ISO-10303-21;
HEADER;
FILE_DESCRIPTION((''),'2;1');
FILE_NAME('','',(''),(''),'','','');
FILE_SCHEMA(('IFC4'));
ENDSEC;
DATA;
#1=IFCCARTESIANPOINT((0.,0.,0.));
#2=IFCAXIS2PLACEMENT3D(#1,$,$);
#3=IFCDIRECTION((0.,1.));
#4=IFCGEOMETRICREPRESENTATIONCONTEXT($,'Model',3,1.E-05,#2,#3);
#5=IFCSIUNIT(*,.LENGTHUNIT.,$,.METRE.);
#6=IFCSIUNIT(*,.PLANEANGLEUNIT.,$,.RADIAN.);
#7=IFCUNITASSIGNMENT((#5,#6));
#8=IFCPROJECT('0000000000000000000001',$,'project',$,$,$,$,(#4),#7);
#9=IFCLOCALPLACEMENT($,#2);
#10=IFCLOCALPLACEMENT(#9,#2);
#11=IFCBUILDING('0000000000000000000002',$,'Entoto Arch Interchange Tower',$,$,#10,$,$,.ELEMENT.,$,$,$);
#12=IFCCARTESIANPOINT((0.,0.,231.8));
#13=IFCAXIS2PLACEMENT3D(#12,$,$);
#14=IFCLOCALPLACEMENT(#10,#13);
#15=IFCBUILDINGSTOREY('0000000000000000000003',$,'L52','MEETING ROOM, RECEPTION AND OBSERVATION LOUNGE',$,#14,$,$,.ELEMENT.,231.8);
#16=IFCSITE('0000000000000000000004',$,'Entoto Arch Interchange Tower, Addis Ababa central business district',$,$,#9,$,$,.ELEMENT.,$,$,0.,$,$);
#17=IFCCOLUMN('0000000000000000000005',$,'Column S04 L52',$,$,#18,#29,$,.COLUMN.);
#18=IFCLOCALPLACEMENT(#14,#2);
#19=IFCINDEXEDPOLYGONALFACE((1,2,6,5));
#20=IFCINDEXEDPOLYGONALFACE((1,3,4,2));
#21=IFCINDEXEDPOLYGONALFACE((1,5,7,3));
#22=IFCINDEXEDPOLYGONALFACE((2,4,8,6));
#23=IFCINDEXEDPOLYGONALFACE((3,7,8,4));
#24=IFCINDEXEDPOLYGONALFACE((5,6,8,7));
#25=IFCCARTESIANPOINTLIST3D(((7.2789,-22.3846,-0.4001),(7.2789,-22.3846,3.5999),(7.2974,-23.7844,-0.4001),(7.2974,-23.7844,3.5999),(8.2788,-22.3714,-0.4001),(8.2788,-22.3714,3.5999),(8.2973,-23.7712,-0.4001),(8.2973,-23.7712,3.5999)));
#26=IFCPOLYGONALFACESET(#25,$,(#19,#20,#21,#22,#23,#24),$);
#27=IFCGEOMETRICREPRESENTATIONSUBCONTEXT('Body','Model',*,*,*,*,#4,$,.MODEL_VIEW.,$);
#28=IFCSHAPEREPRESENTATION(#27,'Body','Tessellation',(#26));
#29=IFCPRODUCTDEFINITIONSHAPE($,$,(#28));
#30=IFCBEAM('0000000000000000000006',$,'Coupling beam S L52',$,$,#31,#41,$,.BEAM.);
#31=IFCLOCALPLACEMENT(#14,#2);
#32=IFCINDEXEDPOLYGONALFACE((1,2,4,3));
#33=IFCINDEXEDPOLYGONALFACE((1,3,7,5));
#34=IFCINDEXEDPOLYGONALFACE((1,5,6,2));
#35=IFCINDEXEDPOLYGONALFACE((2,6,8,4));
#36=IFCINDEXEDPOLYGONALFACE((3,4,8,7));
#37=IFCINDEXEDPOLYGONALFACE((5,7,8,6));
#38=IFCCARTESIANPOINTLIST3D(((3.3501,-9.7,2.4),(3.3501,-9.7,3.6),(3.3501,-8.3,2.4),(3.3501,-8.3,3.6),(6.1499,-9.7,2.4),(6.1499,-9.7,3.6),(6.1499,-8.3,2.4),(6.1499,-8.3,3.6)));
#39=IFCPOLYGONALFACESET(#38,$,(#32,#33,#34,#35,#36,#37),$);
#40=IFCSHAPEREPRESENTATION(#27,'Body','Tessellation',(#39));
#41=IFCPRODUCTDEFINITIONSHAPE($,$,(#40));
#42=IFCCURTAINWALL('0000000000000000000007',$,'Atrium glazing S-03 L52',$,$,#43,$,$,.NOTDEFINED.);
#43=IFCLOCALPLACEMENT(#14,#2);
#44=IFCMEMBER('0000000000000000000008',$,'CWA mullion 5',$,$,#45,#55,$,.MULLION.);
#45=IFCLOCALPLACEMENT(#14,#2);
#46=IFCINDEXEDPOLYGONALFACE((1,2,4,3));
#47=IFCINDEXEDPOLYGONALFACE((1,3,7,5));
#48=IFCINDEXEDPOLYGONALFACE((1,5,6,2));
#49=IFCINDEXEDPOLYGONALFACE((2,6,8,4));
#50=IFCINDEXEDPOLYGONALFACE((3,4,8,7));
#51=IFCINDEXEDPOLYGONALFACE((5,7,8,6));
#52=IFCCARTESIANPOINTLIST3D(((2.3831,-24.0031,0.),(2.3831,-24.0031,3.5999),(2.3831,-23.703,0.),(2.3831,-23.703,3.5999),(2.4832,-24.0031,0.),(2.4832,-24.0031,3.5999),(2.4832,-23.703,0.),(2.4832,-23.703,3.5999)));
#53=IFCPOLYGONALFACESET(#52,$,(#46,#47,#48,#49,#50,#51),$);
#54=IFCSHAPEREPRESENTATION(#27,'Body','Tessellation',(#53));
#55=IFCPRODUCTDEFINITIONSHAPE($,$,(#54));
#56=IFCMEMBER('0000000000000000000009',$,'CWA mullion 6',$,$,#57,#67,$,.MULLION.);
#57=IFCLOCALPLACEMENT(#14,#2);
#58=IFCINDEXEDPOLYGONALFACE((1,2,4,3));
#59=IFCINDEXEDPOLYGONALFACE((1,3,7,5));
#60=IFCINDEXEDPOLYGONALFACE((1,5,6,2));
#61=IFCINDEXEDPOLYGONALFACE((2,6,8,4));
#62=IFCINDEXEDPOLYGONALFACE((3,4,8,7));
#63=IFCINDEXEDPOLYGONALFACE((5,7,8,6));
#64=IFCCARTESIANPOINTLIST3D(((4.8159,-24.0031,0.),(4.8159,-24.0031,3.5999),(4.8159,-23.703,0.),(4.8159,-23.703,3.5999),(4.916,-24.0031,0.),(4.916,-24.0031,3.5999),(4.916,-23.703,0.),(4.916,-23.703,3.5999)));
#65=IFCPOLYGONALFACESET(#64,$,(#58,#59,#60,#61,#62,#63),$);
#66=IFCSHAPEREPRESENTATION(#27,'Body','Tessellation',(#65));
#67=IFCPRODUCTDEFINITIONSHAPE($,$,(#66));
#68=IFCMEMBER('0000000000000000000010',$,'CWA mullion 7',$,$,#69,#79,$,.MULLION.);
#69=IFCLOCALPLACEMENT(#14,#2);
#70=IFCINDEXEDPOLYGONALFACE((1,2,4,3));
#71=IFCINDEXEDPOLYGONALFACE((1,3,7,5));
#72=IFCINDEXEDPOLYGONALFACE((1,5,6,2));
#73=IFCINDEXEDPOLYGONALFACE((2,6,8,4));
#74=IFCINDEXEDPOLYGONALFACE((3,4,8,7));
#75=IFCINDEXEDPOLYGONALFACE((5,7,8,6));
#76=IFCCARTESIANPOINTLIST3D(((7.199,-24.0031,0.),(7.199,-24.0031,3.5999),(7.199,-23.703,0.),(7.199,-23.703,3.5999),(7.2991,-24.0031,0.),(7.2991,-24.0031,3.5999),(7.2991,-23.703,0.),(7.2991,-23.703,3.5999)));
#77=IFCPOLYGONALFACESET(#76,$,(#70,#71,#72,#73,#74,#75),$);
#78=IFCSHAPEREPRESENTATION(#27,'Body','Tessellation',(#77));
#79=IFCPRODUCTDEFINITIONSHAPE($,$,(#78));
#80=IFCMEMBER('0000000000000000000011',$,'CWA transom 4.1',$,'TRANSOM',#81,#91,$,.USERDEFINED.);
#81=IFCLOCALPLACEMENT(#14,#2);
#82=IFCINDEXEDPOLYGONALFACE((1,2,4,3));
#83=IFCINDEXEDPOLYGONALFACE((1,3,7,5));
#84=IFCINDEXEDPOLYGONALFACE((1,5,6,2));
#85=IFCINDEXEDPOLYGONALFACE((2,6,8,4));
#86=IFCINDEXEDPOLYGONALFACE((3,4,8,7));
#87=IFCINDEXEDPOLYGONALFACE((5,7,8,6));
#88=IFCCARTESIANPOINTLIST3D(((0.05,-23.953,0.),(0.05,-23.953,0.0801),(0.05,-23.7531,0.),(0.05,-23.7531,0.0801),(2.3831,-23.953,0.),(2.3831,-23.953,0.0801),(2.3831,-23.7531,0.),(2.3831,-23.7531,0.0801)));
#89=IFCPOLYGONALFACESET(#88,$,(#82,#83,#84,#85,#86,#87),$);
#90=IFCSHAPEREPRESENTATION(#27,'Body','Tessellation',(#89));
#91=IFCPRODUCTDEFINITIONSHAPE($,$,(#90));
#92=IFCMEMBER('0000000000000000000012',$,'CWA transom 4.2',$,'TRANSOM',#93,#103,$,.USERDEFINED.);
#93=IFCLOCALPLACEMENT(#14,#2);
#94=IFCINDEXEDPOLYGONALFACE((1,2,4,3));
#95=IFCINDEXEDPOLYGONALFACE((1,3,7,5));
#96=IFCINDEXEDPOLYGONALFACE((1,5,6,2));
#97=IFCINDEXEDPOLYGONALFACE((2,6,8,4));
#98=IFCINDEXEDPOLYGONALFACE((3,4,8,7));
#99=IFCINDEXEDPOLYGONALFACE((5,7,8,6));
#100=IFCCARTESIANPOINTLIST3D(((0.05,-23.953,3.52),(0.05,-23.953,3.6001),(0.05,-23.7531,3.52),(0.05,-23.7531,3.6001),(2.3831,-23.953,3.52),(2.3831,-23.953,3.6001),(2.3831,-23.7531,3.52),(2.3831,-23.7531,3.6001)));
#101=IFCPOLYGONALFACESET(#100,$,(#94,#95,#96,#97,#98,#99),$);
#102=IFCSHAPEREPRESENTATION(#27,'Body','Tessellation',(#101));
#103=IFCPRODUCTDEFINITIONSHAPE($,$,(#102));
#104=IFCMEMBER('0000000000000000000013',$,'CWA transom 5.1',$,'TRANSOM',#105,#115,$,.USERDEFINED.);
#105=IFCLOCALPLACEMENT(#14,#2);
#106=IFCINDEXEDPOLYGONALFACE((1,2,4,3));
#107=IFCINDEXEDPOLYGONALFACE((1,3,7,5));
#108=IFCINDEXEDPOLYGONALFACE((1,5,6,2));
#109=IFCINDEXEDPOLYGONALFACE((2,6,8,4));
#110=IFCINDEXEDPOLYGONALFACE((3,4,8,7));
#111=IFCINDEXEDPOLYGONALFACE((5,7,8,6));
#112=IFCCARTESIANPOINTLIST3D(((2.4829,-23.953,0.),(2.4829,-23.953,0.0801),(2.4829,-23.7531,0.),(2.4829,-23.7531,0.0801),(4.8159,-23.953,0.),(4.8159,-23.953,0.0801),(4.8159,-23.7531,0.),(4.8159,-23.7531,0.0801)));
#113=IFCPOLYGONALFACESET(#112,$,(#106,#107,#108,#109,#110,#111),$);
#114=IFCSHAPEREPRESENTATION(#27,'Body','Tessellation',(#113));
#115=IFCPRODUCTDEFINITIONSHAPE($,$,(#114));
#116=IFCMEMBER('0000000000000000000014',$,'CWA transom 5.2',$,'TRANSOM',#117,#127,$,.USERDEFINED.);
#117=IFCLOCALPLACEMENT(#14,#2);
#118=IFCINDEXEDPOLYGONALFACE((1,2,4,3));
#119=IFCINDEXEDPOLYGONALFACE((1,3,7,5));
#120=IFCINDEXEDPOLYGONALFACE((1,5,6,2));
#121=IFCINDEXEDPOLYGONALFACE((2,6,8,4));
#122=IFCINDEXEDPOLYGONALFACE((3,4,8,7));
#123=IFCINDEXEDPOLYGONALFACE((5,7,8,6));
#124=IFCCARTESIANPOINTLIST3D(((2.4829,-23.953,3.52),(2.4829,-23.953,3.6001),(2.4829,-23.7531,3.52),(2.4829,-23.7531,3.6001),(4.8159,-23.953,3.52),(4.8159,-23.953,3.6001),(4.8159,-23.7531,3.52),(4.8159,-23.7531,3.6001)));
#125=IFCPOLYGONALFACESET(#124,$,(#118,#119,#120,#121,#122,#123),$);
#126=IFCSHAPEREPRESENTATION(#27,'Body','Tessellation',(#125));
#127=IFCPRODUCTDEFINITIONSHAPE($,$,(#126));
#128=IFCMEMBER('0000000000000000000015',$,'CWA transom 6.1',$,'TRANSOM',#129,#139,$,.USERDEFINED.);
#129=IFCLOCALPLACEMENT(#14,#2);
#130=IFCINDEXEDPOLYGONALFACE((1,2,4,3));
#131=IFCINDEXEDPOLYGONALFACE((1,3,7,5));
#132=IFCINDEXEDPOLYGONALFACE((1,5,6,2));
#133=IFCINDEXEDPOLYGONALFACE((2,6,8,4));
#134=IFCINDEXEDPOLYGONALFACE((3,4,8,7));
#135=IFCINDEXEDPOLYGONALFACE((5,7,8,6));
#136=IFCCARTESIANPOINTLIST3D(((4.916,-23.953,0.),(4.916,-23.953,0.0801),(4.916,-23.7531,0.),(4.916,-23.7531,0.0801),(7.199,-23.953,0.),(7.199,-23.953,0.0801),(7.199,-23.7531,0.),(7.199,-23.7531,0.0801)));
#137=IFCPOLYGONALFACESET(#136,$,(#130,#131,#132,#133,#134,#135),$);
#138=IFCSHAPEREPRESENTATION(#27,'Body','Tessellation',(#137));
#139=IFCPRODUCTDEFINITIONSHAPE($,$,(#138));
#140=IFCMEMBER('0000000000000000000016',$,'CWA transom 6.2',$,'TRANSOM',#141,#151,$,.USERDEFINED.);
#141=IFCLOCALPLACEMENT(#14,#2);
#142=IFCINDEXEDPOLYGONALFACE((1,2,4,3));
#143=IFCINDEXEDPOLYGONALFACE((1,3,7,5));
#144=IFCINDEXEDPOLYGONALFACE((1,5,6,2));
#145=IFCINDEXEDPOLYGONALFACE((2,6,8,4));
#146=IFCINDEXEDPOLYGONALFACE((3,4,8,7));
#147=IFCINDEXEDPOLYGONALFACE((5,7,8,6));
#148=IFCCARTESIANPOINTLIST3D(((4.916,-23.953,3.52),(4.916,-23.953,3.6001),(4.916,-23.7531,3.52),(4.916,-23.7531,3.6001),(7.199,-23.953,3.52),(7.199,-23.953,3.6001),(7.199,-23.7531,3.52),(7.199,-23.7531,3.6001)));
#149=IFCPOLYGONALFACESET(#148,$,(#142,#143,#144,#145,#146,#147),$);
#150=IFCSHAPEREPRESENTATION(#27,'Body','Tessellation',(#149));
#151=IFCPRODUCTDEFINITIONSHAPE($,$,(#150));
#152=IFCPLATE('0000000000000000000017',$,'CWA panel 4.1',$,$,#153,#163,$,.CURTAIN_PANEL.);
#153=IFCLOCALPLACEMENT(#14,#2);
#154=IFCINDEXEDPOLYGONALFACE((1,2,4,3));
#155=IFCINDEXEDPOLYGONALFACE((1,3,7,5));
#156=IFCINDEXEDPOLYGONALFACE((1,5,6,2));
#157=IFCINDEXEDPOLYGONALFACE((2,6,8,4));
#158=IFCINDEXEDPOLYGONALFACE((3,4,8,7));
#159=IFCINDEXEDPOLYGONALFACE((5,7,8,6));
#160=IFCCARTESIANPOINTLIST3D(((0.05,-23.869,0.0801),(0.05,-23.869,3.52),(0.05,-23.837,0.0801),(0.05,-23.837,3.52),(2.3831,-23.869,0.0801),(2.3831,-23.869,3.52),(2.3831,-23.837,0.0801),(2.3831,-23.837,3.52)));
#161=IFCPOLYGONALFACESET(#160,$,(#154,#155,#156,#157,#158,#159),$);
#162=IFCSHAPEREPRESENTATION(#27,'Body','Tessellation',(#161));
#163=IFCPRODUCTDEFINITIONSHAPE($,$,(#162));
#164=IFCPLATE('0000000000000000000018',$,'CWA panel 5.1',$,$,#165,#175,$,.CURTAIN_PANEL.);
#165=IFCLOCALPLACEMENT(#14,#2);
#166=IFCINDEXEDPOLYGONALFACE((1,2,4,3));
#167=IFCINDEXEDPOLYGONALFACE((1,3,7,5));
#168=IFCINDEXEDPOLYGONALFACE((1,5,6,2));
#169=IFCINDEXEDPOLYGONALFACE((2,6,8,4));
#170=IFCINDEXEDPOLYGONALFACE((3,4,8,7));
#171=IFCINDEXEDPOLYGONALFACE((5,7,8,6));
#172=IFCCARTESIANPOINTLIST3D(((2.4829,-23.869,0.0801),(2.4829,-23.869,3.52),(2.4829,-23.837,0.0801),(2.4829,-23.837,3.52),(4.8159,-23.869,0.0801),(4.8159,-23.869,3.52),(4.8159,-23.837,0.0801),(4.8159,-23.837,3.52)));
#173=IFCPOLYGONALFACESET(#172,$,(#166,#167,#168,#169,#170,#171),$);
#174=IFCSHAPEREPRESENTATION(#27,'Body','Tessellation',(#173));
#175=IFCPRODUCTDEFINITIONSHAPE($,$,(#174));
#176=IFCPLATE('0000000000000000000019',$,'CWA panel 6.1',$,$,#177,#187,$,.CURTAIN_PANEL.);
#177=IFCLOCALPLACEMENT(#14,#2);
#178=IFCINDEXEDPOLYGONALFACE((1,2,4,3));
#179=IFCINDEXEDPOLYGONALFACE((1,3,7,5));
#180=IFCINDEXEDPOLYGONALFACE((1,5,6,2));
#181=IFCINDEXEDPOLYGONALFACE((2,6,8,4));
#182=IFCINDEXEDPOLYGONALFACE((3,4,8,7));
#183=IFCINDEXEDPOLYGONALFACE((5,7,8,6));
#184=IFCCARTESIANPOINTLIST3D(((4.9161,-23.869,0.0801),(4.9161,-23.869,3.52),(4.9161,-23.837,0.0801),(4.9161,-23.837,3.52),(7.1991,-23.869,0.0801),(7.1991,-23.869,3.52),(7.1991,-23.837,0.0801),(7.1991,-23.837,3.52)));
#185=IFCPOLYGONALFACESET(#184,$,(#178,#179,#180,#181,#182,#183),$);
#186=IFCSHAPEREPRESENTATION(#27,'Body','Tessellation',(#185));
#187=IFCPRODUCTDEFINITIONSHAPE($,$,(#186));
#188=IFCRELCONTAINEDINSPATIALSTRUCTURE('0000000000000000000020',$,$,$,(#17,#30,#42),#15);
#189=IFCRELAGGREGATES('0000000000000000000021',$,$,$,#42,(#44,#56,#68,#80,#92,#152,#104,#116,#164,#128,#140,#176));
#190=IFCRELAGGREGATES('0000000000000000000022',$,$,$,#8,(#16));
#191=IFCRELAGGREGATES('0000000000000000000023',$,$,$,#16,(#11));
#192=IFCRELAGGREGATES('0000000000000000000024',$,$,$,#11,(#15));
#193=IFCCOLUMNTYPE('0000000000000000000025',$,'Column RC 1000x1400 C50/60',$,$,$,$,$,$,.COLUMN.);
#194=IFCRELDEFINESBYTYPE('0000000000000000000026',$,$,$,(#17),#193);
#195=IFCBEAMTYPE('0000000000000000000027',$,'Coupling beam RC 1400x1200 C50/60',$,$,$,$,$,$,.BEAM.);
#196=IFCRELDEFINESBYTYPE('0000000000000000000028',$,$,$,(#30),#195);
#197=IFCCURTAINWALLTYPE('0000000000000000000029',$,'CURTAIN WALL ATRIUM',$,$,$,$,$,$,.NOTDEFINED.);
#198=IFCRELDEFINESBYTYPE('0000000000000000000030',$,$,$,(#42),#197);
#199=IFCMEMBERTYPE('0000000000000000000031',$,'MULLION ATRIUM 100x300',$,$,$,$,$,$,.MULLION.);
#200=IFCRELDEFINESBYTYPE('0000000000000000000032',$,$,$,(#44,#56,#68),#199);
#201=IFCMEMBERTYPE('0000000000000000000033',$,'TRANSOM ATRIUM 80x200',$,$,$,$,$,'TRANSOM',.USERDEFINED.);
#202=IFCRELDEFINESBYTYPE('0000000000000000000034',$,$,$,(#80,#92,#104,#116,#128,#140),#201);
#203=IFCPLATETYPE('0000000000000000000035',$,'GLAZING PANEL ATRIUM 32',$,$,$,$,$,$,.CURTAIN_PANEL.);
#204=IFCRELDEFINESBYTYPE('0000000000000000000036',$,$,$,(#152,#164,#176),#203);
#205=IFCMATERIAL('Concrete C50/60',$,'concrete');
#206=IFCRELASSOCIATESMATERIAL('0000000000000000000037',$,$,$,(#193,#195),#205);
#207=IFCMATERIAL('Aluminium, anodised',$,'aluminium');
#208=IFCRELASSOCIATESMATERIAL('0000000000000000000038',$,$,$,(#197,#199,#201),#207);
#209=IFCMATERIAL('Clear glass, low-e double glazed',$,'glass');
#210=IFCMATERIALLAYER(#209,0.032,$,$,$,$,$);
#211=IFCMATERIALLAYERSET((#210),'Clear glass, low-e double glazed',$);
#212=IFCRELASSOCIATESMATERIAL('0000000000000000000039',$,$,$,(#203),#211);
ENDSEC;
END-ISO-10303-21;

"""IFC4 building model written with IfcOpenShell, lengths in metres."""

from ifc_helpers import new_model, si_unit, direction, frame, origin, origin_2d, place, context, subcontext, project, spatial, rectangle, extrude, material, layer, layer_set, material_profile, profile_set, type_object, element, aggregate, save


model = new_model("IFC4")

# Units and contexts
model_context = context("Model", 3, precision=1e-05, world=origin(), true_north=direction((0.0, 1.0)))
body_context = subcontext(model_context, "Body", "Model", "MODEL_VIEW")
ifc_project = project(units=[si_unit("LENGTHUNIT", "METRE"), si_unit("PLANEANGLEUNIT", "RADIAN")], contexts=[model_context])

# Site, building, storey
site_placement = place(None, origin())
site = spatial("IfcSite", under=ifc_project, at=site_placement, Name="Entoto Arch Interchange Tower, Addis Ababa central business district", CompositionType="ELEMENT", RefElevation=0.0)
building_placement = place(site_placement, origin())
building = spatial("IfcBuilding", under=site, at=building_placement, Name="Entoto Arch Interchange Tower", CompositionType="ELEMENT")
storey_placement = place(building_placement, frame((0.0, 0.0, 231.8)))
storey = spatial("IfcBuildingStorey", under=building, at=storey_placement, Name="L52", Description="MEETING ROOM, RECEPTION AND OBSERVATION LOUNGE", CompositionType="ELEMENT", Elevation=231.8)

# Column
ifc_material_1 = material(Name="Concrete C50/60", Category="concrete")
ifc_material_profile_1 = material_profile(ifc_material_1, rectangle(XDim=1.0, YDim=1.3999, at=origin_2d()))
ifc_profile_set_1 = profile_set([ifc_material_profile_1], Name="Concrete C50/60")
column_type = type_object("IfcColumnType", Name="Column RC 1000x1400 C50/60", PredefinedType="COLUMN", material=ifc_profile_set_1)
column_placement = place(storey_placement, frame((7.7881, -23.0779, -0.4001), z_axis=(0.0, 0.0, 1.0), x_axis=(0.999913, 0.013177, 0.0)))
element("IfcColumn", 1, at=column_placement, inside=storey, type_object=column_type, Name="Column S04 L52", PredefinedType="COLUMN", context=body_context, shape_type="SweptSolid", body=[
    extrude(rectangle(XDim=1.0, YDim=1.3999, at=origin_2d()), origin(), (0.0, 0.0, 1.0), 4.0),
])

# Beam
ifc_material_profile_2 = material_profile(ifc_material_1, rectangle(XDim=1.3999, YDim=1.2, at=origin_2d()))
ifc_profile_set_2 = profile_set([ifc_material_profile_2], Name="Concrete C50/60")
beam_type = type_object("IfcBeamType", Name="Coupling beam RC 1400x1200 C50/60", PredefinedType="BEAM", material=ifc_profile_set_2)
beam_placement = place(storey_placement, frame((3.3501, -9.0, 3.0), z_axis=(1.0, 0.0, 0.0), x_axis=(0.0, 1.0, 0.0)))
element("IfcBeam", 2, at=beam_placement, inside=storey, type_object=beam_type, Name="Coupling beam S L52", PredefinedType="BEAM", context=body_context, shape_type="SweptSolid", body=[
    extrude(rectangle(XDim=1.3999, YDim=1.2, at=origin_2d()), origin(), (0.0, 0.0, 1.0), 2.7998),
])

# Curtain wall, members, plates
ifc_material_2 = material(Name="Aluminium, anodised", Category="aluminium")
curtain_wall_type = type_object("IfcCurtainWallType", Name="CURTAIN WALL ATRIUM", PredefinedType="NOTDEFINED", material=ifc_material_2)
curtain_wall_placement = place(storey_placement, origin())
curtain_wall = element("IfcCurtainWall", 3, at=curtain_wall_placement, inside=storey, type_object=curtain_wall_type, Name="Atrium glazing S-03 L52", PredefinedType="NOTDEFINED")
ifc_material_profile_3 = material_profile(ifc_material_2, rectangle(XDim=0.3, YDim=0.1001, at=origin_2d()))
ifc_profile_set_3 = profile_set([ifc_material_profile_3], Name="Aluminium, anodised")
member_type_1 = type_object("IfcMemberType", Name="MULLION ATRIUM 100x300", PredefinedType="MULLION", material=ifc_profile_set_3)
member_1_placement = place(storey_placement, frame((2.4331, -23.853, 0.0), z_axis=(0.0, 0.0, 1.0), x_axis=(0.0, 1.0, 0.0)))
member_1 = element("IfcMember", 4, at=member_1_placement, type_object=member_type_1, Name="CWA mullion 5", PredefinedType="MULLION", context=body_context, shape_type="SweptSolid", body=[
    extrude(rectangle(XDim=0.3, YDim=0.1001, at=origin_2d()), origin(), (0.0, 0.0, 1.0), 3.5999),
])
member_2_placement = place(storey_placement, frame((4.866, -23.853, 0.0), z_axis=(0.0, 0.0, 1.0), x_axis=(0.0, 1.0, 0.0)))
member_2 = element("IfcMember", 5, at=member_2_placement, type_object=member_type_1, Name="CWA mullion 6", PredefinedType="MULLION", context=body_context, shape_type="SweptSolid", body=[
    extrude(rectangle(XDim=0.3, YDim=0.1001, at=origin_2d()), origin(), (0.0, 0.0, 1.0), 3.5999),
])
member_3_placement = place(storey_placement, frame((7.249, -23.853, 0.0), z_axis=(0.0, 0.0, 1.0), x_axis=(0.0, 1.0, 0.0)))
member_3 = element("IfcMember", 6, at=member_3_placement, type_object=member_type_1, Name="CWA mullion 7", PredefinedType="MULLION", context=body_context, shape_type="SweptSolid", body=[
    extrude(rectangle(XDim=0.3, YDim=0.1001, at=origin_2d()), origin(), (0.0, 0.0, 1.0), 3.5999),
])
ifc_material_profile_4 = material_profile(ifc_material_2, rectangle(XDim=0.2, YDim=0.0801, at=origin_2d()))
ifc_profile_set_4 = profile_set([ifc_material_profile_4], Name="Aluminium, anodised")
member_type_2 = type_object("IfcMemberType", Name="TRANSOM ATRIUM 80x200", ElementType="TRANSOM", PredefinedType="USERDEFINED", material=ifc_profile_set_4)
member_4_placement = place(storey_placement, frame((0.05, -23.853, 0.04), z_axis=(1.0, 0.0, 0.0), x_axis=(0.0, 1.0, 0.0)))
member_4 = element("IfcMember", 7, at=member_4_placement, type_object=member_type_2, Name="CWA transom 4.1", ObjectType="TRANSOM", PredefinedType="USERDEFINED", context=body_context, shape_type="SweptSolid", body=[
    extrude(rectangle(XDim=0.2, YDim=0.0801, at=origin_2d()), origin(), (0.0, 0.0, 1.0), 2.333),
])
member_5_placement = place(storey_placement, frame((0.05, -23.853, 3.5601), z_axis=(1.0, 0.0, 0.0), x_axis=(0.0, 1.0, 0.0)))
member_5 = element("IfcMember", 8, at=member_5_placement, type_object=member_type_2, Name="CWA transom 4.2", ObjectType="TRANSOM", PredefinedType="USERDEFINED", context=body_context, shape_type="SweptSolid", body=[
    extrude(rectangle(XDim=0.2, YDim=0.0801, at=origin_2d()), origin(), (0.0, 0.0, 1.0), 2.333),
])
member_6_placement = place(storey_placement, frame((2.4829, -23.853, 0.04), z_axis=(1.0, 0.0, 0.0), x_axis=(0.0, 1.0, 0.0)))
member_6 = element("IfcMember", 9, at=member_6_placement, type_object=member_type_2, Name="CWA transom 5.1", ObjectType="TRANSOM", PredefinedType="USERDEFINED", context=body_context, shape_type="SweptSolid", body=[
    extrude(rectangle(XDim=0.2, YDim=0.0801, at=origin_2d()), origin(), (0.0, 0.0, 1.0), 2.333),
])
member_7_placement = place(storey_placement, frame((2.4829, -23.853, 3.5601), z_axis=(1.0, 0.0, 0.0), x_axis=(0.0, 1.0, 0.0)))
member_7 = element("IfcMember", 10, at=member_7_placement, type_object=member_type_2, Name="CWA transom 5.2", ObjectType="TRANSOM", PredefinedType="USERDEFINED", context=body_context, shape_type="SweptSolid", body=[
    extrude(rectangle(XDim=0.2, YDim=0.0801, at=origin_2d()), origin(), (0.0, 0.0, 1.0), 2.333),
])
member_8_placement = place(storey_placement, frame((4.916, -23.853, 0.04), z_axis=(1.0, 0.0, 0.0), x_axis=(0.0, 1.0, 0.0)))
member_8 = element("IfcMember", 11, at=member_8_placement, type_object=member_type_2, Name="CWA transom 6.1", ObjectType="TRANSOM", PredefinedType="USERDEFINED", context=body_context, shape_type="SweptSolid", body=[
    extrude(rectangle(XDim=0.2, YDim=0.0801, at=origin_2d()), origin(), (0.0, 0.0, 1.0), 2.283),
])
member_9_placement = place(storey_placement, frame((4.916, -23.853, 3.5601), z_axis=(1.0, 0.0, 0.0), x_axis=(0.0, 1.0, 0.0)))
member_9 = element("IfcMember", 12, at=member_9_placement, type_object=member_type_2, Name="CWA transom 6.2", ObjectType="TRANSOM", PredefinedType="USERDEFINED", context=body_context, shape_type="SweptSolid", body=[
    extrude(rectangle(XDim=0.2, YDim=0.0801, at=origin_2d()), origin(), (0.0, 0.0, 1.0), 2.283),
])
ifc_material_3 = material(Name="Clear glass, low-e double glazed", Category="glass")
ifc_layer_1 = layer(ifc_material_3, 0.032)
ifc_layer_set_1 = layer_set([ifc_layer_1], Name="Clear glass, low-e double glazed")
plate_type = type_object("IfcPlateType", Name="GLAZING PANEL ATRIUM 32", PredefinedType="CURTAIN_PANEL", material=ifc_layer_set_1)
plate_1_placement = place(storey_placement, frame((1.2166, -23.853, 0.0801), z_axis=(0.0, 0.0, 1.0), x_axis=(1.0, 0.0, 0.0)))
plate_1 = element("IfcPlate", 13, at=plate_1_placement, type_object=plate_type, Name="CWA panel 4.1", PredefinedType="CURTAIN_PANEL", context=body_context, shape_type="SweptSolid", body=[
    extrude(rectangle(XDim=2.333, YDim=0.032, at=origin_2d()), origin(), (0.0, 0.0, 1.0), 3.4399),
])
plate_2_placement = place(storey_placement, frame((3.6494, -23.853, 0.0801), z_axis=(0.0, 0.0, 1.0), x_axis=(1.0, 0.0, 0.0)))
plate_2 = element("IfcPlate", 14, at=plate_2_placement, type_object=plate_type, Name="CWA panel 5.1", PredefinedType="CURTAIN_PANEL", context=body_context, shape_type="SweptSolid", body=[
    extrude(rectangle(XDim=2.333, YDim=0.032, at=origin_2d()), origin(), (0.0, 0.0, 1.0), 3.4399),
])
plate_3_placement = place(storey_placement, frame((6.0576, -23.853, 0.0801), z_axis=(0.0, 0.0, 1.0), x_axis=(1.0, 0.0, 0.0)))
plate_3 = element("IfcPlate", 15, at=plate_3_placement, type_object=plate_type, Name="CWA panel 6.1", PredefinedType="CURTAIN_PANEL", context=body_context, shape_type="SweptSolid", body=[
    extrude(rectangle(XDim=2.283, YDim=0.032, at=origin_2d()), origin(), (0.0, 0.0, 1.0), 3.4399),
])
aggregate(curtain_wall, [member_1, member_2, member_3, member_4, member_5, plate_1, member_6, member_7, plate_2, member_8, member_9, plate_3])

save(model, "model.ifc")
